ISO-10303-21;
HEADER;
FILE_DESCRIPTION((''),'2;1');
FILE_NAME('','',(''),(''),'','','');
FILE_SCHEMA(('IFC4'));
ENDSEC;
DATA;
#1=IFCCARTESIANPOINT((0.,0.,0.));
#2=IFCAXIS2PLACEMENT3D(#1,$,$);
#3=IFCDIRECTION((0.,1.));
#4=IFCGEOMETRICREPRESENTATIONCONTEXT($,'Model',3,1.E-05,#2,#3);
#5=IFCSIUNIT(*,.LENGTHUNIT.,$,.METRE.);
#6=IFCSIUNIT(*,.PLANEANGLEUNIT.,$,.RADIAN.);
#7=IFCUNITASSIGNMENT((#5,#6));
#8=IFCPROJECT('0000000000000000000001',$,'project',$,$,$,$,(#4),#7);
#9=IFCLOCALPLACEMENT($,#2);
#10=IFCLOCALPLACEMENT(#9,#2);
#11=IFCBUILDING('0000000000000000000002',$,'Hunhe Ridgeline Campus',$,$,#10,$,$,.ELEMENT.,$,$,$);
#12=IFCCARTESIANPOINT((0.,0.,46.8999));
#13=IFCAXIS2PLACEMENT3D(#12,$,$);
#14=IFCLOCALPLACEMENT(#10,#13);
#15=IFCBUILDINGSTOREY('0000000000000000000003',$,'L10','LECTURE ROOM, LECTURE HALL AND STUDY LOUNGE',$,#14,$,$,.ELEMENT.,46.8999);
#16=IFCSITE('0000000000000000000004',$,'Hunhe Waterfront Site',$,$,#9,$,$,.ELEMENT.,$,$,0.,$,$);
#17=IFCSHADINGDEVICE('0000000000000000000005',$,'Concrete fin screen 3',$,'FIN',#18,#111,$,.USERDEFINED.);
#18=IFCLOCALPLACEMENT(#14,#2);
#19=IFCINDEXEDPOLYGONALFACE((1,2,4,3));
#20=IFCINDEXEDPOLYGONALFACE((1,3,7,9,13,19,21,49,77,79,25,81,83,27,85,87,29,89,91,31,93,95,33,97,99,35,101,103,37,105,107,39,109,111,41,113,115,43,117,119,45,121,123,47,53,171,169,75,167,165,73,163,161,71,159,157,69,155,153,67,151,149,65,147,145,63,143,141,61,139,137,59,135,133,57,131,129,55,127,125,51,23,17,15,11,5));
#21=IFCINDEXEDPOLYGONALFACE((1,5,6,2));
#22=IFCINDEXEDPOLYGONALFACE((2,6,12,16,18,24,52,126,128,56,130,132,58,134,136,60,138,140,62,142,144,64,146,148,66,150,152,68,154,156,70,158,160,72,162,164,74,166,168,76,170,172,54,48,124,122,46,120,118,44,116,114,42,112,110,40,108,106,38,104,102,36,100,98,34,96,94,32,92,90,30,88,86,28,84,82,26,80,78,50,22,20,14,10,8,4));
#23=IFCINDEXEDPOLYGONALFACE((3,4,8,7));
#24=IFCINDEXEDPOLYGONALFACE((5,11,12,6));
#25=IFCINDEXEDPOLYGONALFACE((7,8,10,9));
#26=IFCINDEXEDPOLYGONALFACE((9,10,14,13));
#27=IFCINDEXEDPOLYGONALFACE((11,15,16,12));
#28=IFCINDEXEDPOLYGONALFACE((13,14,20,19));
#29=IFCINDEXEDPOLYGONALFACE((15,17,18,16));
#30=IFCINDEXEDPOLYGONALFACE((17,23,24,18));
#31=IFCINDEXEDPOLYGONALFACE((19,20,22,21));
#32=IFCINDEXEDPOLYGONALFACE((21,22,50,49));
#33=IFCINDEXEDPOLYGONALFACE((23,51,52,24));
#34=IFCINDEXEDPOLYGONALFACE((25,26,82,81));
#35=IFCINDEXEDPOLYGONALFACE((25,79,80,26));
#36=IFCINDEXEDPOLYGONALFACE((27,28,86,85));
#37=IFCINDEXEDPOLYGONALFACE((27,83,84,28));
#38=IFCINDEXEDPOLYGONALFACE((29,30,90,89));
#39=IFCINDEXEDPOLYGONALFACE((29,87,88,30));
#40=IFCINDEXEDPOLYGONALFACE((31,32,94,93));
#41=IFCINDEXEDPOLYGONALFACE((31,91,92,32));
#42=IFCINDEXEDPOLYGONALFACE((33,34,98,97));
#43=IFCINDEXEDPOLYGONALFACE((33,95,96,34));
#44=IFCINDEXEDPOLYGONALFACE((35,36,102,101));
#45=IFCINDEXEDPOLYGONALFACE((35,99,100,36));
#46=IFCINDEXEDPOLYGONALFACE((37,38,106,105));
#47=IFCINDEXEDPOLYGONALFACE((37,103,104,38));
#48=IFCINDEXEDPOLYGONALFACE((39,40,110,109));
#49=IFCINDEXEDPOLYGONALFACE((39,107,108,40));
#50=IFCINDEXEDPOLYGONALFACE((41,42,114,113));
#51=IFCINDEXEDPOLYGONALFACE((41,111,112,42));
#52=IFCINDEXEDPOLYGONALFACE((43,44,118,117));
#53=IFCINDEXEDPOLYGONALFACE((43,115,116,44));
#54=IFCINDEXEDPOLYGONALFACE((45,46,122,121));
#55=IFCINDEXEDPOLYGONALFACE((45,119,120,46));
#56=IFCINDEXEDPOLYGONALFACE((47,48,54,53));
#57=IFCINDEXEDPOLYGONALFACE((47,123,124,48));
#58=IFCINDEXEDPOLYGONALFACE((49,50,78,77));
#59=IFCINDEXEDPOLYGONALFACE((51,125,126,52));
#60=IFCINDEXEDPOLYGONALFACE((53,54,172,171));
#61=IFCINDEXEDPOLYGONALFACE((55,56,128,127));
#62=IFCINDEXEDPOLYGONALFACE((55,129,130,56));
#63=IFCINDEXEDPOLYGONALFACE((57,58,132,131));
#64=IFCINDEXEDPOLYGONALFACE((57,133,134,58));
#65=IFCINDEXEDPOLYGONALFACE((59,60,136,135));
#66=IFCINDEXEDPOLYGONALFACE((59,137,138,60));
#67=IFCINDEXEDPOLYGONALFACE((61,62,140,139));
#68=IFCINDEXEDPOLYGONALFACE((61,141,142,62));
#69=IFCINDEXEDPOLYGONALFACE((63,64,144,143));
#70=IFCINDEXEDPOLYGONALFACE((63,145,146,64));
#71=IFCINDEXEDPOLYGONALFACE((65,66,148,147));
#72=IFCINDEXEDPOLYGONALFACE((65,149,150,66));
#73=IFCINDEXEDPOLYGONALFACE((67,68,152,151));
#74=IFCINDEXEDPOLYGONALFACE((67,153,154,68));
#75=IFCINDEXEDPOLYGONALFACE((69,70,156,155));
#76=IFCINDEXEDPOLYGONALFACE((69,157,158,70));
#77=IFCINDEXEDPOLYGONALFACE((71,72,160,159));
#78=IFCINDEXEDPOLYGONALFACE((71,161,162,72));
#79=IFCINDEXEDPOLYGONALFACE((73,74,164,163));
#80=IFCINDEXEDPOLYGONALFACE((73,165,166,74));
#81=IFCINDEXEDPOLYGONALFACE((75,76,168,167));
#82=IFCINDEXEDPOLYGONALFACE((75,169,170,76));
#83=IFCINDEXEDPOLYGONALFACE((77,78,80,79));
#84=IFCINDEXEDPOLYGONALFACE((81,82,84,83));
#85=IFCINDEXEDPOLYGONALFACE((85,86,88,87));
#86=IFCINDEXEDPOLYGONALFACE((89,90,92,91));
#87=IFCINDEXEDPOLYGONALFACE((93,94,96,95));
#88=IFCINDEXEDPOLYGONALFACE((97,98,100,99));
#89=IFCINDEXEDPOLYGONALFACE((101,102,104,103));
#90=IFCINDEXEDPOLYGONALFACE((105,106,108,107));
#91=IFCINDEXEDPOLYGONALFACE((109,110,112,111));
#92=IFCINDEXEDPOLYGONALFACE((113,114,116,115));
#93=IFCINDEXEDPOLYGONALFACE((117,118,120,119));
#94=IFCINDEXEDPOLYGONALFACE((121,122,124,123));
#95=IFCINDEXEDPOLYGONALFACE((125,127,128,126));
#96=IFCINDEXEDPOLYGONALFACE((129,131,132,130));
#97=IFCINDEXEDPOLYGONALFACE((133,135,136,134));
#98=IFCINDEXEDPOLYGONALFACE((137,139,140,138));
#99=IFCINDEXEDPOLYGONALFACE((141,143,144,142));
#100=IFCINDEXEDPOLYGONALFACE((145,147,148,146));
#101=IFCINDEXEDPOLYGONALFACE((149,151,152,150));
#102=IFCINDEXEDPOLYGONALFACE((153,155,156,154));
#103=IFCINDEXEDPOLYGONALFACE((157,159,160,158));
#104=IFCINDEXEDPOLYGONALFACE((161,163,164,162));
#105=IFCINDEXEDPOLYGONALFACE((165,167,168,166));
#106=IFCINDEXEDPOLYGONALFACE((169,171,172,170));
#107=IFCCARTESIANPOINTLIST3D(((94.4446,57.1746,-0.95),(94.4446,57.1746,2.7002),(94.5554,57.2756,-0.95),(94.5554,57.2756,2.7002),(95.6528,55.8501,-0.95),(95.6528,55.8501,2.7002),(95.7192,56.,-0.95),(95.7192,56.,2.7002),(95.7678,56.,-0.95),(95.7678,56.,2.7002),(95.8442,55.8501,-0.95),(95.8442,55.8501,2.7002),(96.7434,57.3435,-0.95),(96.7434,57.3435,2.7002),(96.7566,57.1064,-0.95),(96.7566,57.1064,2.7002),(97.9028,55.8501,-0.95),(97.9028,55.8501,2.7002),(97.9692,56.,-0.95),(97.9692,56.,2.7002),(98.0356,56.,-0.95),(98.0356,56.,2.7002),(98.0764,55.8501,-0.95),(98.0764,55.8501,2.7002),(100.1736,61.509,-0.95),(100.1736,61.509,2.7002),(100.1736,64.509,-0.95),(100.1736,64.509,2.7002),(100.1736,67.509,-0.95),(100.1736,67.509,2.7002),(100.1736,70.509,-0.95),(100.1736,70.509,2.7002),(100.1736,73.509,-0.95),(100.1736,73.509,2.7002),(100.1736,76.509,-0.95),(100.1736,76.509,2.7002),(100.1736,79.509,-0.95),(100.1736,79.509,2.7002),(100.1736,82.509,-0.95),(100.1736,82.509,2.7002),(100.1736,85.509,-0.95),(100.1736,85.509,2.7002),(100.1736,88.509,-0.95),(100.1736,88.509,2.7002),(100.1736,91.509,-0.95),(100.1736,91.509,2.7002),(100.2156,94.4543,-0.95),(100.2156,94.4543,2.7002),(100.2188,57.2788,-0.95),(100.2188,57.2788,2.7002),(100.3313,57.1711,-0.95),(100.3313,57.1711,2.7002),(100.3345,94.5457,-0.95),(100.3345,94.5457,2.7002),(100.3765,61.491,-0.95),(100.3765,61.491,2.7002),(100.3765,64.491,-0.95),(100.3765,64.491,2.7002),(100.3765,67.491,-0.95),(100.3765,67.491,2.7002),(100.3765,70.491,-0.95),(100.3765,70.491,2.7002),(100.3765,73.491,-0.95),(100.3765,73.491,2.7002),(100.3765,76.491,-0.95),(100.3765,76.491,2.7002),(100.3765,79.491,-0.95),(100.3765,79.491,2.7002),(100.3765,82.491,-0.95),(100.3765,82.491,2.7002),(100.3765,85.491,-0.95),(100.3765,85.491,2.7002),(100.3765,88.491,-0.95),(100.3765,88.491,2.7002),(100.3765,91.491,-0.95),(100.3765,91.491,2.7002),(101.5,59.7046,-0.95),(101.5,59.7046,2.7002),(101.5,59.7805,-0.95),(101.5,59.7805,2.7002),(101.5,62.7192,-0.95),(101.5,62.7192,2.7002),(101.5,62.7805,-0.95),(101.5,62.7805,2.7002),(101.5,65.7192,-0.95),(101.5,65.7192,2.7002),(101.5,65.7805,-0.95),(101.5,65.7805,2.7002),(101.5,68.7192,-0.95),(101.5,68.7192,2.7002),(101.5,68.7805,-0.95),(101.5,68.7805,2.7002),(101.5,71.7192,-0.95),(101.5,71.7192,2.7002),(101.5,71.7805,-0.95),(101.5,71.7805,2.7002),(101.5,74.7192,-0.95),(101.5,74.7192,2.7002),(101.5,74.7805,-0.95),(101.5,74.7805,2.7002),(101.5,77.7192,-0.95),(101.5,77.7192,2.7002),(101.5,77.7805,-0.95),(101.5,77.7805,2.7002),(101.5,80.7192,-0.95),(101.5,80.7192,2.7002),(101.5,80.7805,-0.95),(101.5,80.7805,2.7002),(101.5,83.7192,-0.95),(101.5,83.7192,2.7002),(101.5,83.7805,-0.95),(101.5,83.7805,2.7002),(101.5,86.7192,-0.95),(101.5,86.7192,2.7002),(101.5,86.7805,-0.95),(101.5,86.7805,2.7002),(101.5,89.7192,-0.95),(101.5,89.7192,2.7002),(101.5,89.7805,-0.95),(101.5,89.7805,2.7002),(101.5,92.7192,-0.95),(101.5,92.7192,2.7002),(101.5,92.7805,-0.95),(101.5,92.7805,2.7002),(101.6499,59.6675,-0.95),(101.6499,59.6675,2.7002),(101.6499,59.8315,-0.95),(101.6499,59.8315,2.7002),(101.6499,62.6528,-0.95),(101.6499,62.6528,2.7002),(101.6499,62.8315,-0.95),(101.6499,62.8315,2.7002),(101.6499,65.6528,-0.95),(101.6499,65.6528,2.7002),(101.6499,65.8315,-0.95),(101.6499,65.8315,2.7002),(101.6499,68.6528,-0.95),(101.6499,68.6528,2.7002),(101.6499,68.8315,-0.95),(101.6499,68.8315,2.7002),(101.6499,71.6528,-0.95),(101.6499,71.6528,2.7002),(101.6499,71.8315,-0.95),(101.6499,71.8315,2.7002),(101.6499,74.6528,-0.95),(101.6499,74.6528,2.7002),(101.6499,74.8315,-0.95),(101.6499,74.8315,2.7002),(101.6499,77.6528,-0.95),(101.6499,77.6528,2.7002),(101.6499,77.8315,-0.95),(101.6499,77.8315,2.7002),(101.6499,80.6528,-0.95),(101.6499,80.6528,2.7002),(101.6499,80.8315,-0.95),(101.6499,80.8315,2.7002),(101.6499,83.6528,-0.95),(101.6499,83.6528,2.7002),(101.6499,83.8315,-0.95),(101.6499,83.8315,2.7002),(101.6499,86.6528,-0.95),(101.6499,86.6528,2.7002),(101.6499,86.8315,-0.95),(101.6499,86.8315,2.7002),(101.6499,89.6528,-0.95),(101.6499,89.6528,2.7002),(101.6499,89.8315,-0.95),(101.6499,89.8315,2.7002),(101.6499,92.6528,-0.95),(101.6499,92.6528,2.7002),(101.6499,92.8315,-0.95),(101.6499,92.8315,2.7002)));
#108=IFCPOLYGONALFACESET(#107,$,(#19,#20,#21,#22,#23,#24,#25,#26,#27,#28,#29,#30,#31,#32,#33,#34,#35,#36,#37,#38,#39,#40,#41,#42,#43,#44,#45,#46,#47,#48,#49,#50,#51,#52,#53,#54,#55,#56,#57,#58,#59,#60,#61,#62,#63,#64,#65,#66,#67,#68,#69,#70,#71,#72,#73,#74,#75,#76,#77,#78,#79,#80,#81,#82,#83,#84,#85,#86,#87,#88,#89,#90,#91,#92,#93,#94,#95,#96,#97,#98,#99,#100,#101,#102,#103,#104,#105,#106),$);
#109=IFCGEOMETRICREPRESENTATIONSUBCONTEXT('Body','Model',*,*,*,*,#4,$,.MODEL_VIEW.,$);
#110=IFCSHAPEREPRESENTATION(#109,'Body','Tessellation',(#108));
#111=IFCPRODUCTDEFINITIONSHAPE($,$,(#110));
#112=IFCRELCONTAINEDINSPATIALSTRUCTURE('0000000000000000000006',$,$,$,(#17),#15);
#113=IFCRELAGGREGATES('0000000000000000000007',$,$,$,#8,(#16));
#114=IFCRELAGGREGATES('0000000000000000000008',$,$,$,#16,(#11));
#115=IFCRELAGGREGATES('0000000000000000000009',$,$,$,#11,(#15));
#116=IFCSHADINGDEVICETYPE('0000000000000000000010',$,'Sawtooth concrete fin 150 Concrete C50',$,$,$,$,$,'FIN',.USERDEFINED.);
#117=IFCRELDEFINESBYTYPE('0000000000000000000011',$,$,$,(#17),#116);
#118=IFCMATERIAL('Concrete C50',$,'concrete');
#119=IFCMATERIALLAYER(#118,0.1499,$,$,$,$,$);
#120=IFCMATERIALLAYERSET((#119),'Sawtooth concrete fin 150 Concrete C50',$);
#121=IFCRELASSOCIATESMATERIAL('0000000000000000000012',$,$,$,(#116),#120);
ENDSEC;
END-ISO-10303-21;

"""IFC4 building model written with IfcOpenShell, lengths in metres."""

from ifc_helpers import new_model, si_unit, direction, frame, origin, place, context, subcontext, project, spatial, polyline, outline, extrude, material, layer, layer_set, type_object, element, save


model = new_model("IFC4")

# Units and contexts
model_context = context("Model", 3, precision=1e-05, world=origin(), true_north=direction((0.0, 1.0)))
body_context = subcontext(model_context, "Body", "Model", "MODEL_VIEW")
ifc_project = project(units=[si_unit("LENGTHUNIT", "METRE"), si_unit("PLANEANGLEUNIT", "RADIAN")], contexts=[model_context])

# Site, building, storey
site_placement = place(None, origin())
site = spatial("IfcSite", under=ifc_project, at=site_placement, Name="Hunhe Waterfront Site", CompositionType="ELEMENT", RefElevation=0.0)
building_placement = place(site_placement, origin())
building = spatial("IfcBuilding", under=site, at=building_placement, Name="Hunhe Ridgeline Campus", CompositionType="ELEMENT")
storey_placement = place(building_placement, frame((0.0, 0.0, 46.8999)))
storey = spatial("IfcBuildingStorey", under=building, at=storey_placement, Name="L10", Description="LECTURE ROOM, LECTURE HALL AND STUDY LOUNGE", CompositionType="ELEMENT", Elevation=46.8999)

# Shading device
ifc_material_1 = material(Name="Concrete C50", Category="concrete")
ifc_layer_1 = layer(ifc_material_1, 0.1499)
ifc_layer_set_1 = layer_set([ifc_layer_1], Name="Sawtooth concrete fin 150 Concrete C50")
shading_device_type = type_object("IfcShadingDeviceType", Name="Sawtooth concrete fin 150 Concrete C50", ElementType="FIN", PredefinedType="USERDEFINED", material=ifc_layer_set_1)
shading_device_1_placement = place(storey_placement, frame((0.0, 0.0, -0.95)))
element("IfcShadingDevice", 1, at=shading_device_1_placement, inside=storey, type_object=shading_device_type, Name="Concrete fin screen 3", ObjectType="FIN", PredefinedType="USERDEFINED", context=body_context, shape_type="SweptSolid", body=[
    extrude(outline(polyline([(94.5554, 57.2756), (94.4446, 57.1746), (95.6528, 55.8501), (95.8442, 55.8501), (96.7566, 57.1064), (97.9028, 55.8501), (98.0764, 55.8501), (100.3313, 57.1711), (101.6499, 59.6675), (101.6499, 59.8315), (100.3765, 61.491), (101.6499, 62.6528), (101.6499, 62.8315), (100.3765, 64.491), (101.6499, 65.6528), (101.6499, 65.8315), (100.3765, 67.491), (101.6499, 68.6528), (101.6499, 68.8315), (100.3765, 70.491), (101.6499, 71.6528), (101.6499, 71.8315), (100.3765, 73.491), (101.6499, 74.6528), (101.6499, 74.8315), (100.3765, 76.491), (101.6499, 77.6528), (101.6499, 77.8315), (100.3765, 79.491), (101.6499, 80.6528), (101.6499, 80.8315), (100.3765, 82.491), (101.6499, 83.6528), (101.6499, 83.8315), (100.3765, 85.491), (101.6499, 86.6528), (101.6499, 86.8315), (100.3765, 88.491), (101.6499, 89.6528), (101.6499, 89.8315), (100.3765, 91.491), (101.6499, 92.6528), (101.6499, 92.8315), (100.3345, 94.5457), (100.2156, 94.4543), (101.5, 92.7805), (101.5, 92.7192), (100.1736, 91.509), (101.5, 89.7805), (101.5, 89.7192), (100.1736, 88.509), (101.5, 86.7805), (101.5, 86.7192), (100.1736, 85.509), (101.5, 83.7805), (101.5, 83.7192), (100.1736, 82.509), (101.5, 80.7805), (101.5, 80.7192), (100.1736, 79.509), (101.5, 77.7805), (101.5, 77.7192), (100.1736, 76.509), (101.5, 74.7805), (101.5, 74.7192), (100.1736, 73.509), (101.5, 71.7805), (101.5, 71.7192), (100.1736, 70.509), (101.5, 68.7805), (101.5, 68.7192), (100.1736, 67.509), (101.5, 65.7805), (101.5, 65.7192), (100.1736, 64.509), (101.5, 62.7805), (101.5, 62.7192), (100.1736, 61.509), (101.5, 59.7805), (101.5, 59.7046), (100.2188, 57.2788), (98.0356, 56.0), (97.9692, 56.0), (96.7434, 57.3435), (95.7678, 56.0), (95.7192, 56.0), (94.5554, 57.2756)])), origin(), (0.0, 0.0, 1.0), 3.6501),
])

save(model, "model.ifc")
